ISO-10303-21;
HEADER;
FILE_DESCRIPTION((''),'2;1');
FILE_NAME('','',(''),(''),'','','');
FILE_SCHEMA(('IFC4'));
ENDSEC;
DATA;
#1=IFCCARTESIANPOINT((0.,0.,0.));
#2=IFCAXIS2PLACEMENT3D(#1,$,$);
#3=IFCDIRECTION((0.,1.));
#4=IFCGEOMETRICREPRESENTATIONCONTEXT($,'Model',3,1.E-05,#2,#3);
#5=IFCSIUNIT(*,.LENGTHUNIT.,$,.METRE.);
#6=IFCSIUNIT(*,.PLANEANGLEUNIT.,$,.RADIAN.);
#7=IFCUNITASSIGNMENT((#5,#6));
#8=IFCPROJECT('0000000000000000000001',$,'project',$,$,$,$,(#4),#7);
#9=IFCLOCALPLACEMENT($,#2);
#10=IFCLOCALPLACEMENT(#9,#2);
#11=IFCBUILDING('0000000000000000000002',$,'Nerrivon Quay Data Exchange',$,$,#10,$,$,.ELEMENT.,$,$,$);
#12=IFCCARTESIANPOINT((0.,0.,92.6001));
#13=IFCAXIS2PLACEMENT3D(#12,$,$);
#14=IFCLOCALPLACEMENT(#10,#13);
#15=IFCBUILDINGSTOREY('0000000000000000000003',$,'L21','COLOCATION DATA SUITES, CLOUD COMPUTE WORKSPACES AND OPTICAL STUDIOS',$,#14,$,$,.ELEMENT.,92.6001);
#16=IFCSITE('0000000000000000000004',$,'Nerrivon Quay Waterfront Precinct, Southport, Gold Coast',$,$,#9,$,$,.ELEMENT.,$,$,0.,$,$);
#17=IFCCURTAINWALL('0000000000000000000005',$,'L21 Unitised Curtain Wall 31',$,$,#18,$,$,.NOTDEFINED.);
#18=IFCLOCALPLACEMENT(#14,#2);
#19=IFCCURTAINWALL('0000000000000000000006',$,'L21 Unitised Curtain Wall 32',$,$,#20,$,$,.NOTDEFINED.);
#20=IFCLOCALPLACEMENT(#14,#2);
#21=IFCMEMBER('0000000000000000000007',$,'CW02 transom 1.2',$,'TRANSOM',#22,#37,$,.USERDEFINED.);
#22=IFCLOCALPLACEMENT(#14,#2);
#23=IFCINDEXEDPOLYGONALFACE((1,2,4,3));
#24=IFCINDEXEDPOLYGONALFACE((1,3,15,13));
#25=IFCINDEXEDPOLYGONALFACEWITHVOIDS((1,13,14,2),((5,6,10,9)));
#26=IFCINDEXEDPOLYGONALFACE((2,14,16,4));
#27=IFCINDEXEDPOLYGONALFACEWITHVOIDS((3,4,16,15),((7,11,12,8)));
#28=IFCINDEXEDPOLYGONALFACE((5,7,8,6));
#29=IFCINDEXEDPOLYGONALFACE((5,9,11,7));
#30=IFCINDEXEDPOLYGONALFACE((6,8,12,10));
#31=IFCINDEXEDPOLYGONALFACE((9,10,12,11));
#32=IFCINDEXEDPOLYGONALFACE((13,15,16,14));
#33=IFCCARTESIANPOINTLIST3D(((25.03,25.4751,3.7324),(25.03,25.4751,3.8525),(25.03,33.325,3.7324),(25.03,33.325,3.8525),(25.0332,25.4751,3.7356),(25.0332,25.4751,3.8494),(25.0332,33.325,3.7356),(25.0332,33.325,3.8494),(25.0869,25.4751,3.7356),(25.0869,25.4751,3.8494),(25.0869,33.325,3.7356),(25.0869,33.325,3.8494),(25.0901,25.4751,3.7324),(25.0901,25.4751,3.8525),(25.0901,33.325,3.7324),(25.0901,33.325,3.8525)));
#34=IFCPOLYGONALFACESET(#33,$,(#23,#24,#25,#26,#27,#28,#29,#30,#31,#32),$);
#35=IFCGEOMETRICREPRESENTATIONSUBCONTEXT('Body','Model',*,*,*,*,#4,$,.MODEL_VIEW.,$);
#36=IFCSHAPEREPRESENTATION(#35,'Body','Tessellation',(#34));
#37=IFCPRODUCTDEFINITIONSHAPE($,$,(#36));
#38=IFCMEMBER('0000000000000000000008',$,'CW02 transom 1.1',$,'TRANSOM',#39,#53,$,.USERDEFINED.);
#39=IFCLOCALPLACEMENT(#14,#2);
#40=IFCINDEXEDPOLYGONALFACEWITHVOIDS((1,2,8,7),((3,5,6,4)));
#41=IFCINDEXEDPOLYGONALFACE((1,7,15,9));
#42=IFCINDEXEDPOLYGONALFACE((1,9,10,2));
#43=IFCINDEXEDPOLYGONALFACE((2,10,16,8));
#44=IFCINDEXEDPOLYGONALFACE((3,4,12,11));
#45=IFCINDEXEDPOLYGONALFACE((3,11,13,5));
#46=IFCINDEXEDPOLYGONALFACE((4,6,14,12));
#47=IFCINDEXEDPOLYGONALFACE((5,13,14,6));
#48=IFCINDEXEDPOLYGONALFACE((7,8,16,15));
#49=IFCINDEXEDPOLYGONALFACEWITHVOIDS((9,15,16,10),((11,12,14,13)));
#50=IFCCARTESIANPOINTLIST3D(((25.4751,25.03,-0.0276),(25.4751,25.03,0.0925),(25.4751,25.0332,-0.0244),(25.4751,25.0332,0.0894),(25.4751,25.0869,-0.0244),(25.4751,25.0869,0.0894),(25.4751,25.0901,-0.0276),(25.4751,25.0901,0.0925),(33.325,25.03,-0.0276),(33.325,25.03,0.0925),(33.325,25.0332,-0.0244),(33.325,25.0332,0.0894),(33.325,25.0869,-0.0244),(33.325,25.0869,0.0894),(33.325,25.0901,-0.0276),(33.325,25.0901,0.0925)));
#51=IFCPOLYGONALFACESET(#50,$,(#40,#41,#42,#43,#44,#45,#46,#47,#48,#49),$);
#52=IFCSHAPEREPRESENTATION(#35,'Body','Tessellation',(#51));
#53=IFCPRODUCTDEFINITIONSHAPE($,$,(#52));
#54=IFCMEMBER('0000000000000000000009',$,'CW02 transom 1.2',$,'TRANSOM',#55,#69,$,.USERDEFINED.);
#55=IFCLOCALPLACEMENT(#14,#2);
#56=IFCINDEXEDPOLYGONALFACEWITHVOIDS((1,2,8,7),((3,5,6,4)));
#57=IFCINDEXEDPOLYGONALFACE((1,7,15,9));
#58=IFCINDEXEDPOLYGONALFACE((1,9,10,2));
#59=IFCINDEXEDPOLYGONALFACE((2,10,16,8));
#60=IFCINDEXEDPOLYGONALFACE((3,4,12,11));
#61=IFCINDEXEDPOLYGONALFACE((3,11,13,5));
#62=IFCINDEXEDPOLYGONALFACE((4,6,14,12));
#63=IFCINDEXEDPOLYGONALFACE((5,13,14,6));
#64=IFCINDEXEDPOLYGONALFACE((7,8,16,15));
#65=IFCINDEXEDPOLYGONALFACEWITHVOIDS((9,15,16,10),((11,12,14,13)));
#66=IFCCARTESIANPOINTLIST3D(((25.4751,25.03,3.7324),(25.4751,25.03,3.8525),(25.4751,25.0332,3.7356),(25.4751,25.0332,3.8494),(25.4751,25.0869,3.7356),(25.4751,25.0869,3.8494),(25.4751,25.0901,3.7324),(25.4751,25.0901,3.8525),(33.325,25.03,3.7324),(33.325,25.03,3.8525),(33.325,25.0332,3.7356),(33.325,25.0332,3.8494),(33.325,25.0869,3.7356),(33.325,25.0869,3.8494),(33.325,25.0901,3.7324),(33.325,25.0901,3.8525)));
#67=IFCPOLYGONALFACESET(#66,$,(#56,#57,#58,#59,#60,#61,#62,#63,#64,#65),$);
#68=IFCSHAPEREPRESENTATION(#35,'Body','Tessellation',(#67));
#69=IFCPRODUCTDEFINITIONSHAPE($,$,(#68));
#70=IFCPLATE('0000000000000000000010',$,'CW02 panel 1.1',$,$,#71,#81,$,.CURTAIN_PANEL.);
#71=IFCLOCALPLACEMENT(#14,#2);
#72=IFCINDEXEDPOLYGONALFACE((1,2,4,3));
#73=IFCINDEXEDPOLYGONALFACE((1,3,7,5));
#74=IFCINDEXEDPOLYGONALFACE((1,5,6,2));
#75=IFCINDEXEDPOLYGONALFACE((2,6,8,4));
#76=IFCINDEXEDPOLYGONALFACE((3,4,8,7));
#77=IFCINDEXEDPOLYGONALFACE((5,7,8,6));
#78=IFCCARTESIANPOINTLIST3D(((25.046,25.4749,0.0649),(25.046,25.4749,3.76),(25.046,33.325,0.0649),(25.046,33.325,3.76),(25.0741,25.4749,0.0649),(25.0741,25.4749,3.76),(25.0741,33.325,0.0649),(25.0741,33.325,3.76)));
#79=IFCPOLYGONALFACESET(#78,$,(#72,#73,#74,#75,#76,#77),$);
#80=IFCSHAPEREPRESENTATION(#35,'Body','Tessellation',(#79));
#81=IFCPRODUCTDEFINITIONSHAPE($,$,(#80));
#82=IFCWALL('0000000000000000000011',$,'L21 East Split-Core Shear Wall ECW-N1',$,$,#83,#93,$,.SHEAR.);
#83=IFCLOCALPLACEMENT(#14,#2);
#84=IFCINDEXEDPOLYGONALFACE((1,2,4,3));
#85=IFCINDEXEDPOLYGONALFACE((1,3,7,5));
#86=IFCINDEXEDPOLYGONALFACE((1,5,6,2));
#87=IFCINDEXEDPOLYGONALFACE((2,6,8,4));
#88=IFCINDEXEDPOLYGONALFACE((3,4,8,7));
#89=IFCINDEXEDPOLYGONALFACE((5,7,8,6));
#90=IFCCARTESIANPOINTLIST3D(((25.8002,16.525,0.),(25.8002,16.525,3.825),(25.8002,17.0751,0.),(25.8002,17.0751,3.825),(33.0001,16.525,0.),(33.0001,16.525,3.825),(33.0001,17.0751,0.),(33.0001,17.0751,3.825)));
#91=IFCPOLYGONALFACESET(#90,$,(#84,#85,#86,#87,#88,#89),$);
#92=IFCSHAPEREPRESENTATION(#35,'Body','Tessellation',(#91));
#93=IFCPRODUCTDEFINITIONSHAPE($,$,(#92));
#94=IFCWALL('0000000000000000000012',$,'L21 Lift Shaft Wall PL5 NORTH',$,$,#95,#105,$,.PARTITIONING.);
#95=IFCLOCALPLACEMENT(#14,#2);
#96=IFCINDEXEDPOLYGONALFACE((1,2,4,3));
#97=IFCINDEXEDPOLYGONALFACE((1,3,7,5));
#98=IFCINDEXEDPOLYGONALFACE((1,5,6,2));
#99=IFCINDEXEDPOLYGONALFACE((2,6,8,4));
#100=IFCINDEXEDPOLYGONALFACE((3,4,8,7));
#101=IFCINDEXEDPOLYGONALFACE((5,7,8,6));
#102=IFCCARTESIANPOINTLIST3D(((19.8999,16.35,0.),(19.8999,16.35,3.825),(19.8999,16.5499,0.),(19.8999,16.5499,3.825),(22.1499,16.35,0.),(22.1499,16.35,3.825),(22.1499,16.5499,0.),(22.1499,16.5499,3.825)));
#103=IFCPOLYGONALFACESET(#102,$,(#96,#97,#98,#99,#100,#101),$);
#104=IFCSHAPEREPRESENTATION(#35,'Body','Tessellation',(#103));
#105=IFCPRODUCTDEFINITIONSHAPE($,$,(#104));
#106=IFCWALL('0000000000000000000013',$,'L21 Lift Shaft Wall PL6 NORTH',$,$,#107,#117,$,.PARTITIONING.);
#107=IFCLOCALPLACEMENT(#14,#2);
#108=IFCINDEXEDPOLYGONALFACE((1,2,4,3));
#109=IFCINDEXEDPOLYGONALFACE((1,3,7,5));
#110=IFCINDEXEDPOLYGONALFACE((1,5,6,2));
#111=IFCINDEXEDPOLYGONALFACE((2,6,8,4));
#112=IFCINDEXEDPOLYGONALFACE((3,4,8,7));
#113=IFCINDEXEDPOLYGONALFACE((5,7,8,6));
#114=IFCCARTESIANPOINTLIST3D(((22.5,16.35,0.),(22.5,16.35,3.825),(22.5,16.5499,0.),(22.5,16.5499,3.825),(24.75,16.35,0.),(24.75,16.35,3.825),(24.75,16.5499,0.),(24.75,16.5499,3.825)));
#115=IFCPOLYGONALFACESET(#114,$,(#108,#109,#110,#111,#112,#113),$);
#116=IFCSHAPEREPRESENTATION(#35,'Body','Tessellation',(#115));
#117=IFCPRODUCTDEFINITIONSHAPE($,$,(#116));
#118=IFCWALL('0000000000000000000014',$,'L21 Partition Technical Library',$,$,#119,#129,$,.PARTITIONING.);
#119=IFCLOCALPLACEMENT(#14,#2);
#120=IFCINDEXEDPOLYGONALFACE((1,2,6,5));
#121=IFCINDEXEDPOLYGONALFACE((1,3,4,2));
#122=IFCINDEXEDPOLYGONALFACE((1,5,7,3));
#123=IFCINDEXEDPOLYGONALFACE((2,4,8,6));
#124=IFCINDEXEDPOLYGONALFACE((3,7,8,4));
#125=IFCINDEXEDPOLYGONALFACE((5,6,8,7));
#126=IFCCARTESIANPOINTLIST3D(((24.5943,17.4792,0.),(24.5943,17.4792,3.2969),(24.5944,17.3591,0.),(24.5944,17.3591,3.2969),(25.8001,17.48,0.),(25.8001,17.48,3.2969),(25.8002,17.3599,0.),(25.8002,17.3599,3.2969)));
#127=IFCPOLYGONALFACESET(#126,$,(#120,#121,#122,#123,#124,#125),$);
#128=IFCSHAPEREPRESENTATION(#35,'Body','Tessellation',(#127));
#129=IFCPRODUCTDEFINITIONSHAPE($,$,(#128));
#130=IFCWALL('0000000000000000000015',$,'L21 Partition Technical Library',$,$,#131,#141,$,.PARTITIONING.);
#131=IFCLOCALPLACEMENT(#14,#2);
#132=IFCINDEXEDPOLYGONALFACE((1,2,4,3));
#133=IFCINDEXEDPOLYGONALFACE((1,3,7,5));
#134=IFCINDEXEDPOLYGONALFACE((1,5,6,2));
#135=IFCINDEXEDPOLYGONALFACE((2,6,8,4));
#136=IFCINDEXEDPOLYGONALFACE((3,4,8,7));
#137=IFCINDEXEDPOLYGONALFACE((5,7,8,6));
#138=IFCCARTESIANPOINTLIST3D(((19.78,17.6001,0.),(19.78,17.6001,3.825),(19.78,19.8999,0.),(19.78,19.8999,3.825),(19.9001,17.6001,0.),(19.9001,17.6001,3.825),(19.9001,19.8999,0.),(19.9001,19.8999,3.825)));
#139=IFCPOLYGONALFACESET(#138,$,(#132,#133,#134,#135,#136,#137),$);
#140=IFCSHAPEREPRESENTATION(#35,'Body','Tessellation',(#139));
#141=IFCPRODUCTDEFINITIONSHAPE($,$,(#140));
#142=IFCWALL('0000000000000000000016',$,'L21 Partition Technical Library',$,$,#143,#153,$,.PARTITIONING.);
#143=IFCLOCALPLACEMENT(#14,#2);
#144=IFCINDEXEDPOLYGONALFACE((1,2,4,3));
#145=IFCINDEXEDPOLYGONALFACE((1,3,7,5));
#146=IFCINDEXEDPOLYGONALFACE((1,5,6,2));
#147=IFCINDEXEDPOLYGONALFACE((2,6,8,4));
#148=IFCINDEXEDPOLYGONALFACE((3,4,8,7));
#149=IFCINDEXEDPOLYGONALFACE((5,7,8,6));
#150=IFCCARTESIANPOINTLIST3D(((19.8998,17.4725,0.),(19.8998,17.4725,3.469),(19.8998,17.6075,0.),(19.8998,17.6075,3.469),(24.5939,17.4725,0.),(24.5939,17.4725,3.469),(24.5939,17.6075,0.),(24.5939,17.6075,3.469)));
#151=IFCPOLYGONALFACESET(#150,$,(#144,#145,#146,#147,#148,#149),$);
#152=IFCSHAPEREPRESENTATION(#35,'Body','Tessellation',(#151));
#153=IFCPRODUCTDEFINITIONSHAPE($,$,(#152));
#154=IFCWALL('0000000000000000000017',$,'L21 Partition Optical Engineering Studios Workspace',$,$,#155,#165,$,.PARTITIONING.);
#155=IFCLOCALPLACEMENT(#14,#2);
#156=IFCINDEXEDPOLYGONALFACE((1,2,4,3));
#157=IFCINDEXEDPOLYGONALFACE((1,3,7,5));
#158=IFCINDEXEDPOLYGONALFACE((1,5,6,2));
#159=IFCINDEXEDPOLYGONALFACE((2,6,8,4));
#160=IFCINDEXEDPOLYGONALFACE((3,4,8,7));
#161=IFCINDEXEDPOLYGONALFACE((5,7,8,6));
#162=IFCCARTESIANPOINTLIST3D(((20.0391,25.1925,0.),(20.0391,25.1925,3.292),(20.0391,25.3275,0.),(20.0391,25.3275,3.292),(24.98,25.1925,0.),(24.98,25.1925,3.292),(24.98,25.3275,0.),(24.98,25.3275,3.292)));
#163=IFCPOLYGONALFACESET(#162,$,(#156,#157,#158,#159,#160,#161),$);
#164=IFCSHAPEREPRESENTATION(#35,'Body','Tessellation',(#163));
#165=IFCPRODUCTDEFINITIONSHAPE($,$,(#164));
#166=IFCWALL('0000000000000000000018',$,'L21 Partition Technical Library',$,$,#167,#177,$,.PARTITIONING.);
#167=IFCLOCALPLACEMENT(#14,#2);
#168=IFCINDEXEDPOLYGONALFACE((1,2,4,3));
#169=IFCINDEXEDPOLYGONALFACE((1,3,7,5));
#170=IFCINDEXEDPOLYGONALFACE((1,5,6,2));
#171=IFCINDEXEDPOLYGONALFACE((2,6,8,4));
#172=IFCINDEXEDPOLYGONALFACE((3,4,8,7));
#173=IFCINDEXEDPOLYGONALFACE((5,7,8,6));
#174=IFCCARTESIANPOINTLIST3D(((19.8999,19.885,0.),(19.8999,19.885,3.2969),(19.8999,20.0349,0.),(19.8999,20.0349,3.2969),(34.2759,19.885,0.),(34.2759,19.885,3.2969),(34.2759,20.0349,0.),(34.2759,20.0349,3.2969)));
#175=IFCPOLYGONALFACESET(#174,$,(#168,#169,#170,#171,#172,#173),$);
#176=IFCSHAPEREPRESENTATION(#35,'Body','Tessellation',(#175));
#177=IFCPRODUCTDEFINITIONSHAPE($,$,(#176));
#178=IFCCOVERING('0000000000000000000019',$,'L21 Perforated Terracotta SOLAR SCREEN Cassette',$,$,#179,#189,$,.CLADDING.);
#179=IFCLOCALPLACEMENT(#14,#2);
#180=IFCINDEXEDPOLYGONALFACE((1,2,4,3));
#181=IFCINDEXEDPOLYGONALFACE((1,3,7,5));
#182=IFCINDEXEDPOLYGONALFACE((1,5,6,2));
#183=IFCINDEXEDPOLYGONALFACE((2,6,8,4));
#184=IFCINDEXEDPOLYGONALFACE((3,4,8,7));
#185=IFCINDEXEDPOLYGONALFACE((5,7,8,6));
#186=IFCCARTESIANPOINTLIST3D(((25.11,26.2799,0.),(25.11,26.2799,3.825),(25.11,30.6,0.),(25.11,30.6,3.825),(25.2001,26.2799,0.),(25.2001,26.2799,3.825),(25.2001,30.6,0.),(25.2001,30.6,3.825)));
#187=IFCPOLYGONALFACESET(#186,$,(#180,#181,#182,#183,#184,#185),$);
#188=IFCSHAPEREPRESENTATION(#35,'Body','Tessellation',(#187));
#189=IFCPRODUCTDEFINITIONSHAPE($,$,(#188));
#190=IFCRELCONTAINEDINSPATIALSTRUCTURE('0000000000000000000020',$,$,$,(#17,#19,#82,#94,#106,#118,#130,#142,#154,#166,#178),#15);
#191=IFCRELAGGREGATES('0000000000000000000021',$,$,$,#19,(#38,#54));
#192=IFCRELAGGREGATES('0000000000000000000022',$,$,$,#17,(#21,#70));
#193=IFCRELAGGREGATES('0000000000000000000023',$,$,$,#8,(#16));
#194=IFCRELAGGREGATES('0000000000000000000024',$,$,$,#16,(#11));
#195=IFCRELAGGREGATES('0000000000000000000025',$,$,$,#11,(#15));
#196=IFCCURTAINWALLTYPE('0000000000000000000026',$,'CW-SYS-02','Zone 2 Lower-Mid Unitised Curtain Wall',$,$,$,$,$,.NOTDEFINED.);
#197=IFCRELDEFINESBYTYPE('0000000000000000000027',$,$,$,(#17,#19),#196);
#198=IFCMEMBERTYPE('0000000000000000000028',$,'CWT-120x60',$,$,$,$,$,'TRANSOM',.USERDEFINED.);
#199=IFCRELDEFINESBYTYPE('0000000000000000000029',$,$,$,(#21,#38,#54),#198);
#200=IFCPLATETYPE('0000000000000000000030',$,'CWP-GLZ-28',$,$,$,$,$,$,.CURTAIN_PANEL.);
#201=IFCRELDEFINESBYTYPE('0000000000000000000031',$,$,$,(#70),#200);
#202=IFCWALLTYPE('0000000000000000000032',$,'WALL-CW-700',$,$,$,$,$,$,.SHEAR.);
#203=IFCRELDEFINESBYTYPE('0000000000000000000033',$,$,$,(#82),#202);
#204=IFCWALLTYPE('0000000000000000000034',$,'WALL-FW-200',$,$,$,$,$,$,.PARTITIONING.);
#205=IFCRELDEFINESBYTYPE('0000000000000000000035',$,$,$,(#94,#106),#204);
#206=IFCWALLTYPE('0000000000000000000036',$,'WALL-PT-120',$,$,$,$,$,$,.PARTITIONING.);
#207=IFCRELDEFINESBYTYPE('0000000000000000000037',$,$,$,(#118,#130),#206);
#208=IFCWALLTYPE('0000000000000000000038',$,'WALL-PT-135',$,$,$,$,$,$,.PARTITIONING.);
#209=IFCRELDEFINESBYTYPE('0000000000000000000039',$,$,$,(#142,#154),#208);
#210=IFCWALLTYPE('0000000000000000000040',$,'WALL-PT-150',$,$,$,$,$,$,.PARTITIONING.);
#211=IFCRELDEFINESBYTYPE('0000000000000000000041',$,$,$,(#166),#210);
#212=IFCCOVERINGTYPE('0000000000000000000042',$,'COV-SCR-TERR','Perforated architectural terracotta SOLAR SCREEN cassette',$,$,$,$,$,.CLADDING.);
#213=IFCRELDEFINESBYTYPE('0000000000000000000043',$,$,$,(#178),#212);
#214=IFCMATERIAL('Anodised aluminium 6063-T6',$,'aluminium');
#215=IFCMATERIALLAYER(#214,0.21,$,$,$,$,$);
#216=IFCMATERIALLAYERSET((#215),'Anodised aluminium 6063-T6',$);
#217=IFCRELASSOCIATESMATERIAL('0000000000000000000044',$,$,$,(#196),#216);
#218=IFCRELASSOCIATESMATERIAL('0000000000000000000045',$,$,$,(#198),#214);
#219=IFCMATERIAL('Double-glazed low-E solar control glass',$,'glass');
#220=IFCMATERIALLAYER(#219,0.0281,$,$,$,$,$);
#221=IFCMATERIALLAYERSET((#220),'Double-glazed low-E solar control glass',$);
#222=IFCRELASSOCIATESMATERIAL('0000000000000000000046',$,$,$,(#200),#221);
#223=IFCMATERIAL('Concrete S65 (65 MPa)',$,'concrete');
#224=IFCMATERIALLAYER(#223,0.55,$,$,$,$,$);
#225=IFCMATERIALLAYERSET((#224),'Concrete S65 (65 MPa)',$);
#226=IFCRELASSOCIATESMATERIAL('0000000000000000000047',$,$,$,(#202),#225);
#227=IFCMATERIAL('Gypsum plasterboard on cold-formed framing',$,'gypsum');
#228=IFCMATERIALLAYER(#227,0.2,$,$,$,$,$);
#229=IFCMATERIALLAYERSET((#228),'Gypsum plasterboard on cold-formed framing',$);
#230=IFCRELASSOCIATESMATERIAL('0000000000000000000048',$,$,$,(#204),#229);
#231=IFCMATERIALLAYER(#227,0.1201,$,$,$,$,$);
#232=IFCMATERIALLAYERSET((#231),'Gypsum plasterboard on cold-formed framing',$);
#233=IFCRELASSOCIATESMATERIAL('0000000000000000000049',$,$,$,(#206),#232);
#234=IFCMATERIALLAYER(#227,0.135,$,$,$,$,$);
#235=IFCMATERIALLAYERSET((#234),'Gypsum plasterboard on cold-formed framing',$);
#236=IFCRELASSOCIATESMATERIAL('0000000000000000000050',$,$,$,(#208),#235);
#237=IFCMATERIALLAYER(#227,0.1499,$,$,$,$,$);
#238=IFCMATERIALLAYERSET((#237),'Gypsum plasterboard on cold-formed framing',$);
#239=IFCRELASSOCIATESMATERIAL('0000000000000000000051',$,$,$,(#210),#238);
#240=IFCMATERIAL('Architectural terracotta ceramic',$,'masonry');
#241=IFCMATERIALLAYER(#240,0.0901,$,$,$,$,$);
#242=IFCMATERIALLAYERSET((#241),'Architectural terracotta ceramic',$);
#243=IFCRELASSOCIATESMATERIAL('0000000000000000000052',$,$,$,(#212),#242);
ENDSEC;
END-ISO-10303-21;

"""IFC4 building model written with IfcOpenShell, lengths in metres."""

from ifc_helpers import new_model, si_unit, direction, frame, frame_2d, origin, origin_2d, place, context, subcontext, project, spatial, rectangle, hollow_rectangle, extrude, material, layer, layer_set, material_profile, profile_set, type_object, element, aggregate, save


model = new_model("IFC4")

# Units and contexts
model_context = context("Model", 3, precision=1e-05, world=origin(), true_north=direction((0.0, 1.0)))
body_context = subcontext(model_context, "Body", "Model", "MODEL_VIEW")
ifc_project = project(units=[si_unit("LENGTHUNIT", "METRE"), si_unit("PLANEANGLEUNIT", "RADIAN")], contexts=[model_context])

# Site, building, storey
site_placement = place(None, origin())
site = spatial("IfcSite", under=ifc_project, at=site_placement, Name="Nerrivon Quay Waterfront Precinct, Southport, Gold Coast", CompositionType="ELEMENT", RefElevation=0.0)
building_placement = place(site_placement, origin())
building = spatial("IfcBuilding", under=site, at=building_placement, Name="Nerrivon Quay Data Exchange", CompositionType="ELEMENT")
storey_placement = place(building_placement, frame((0.0, 0.0, 92.6001)))
storey = spatial("IfcBuildingStorey", under=building, at=storey_placement, Name="L21", Description="COLOCATION DATA SUITES, CLOUD COMPUTE WORKSPACES AND OPTICAL STUDIOS", CompositionType="ELEMENT", Elevation=92.6001)

# Shared definitions
ifc_material_1 = material(Name="Concrete S65 (65 MPa)", Category="concrete")

# Shared definitions
ifc_material_2 = material(Name="Anodised aluminium 6063-T6", Category="aluminium")
ifc_layer_1 = layer(ifc_material_2, 0.21)
ifc_layer_set_1 = layer_set([ifc_layer_1], Name="Anodised aluminium 6063-T6")
curtain_wall_type = type_object("IfcCurtainWallType", Name="CW-SYS-02", Description="Zone 2 Lower-Mid Unitised Curtain Wall", PredefinedType="NOTDEFINED", material=ifc_layer_set_1)

# Curtain wall
curtain_wall_1_placement = place(storey_placement, origin())
curtain_wall_1 = element("IfcCurtainWall", 1, at=curtain_wall_1_placement, inside=storey, type_object=curtain_wall_type, Name="L21 Unitised Curtain Wall 31", PredefinedType="NOTDEFINED")

# Curtain wall
curtain_wall_2_placement = place(storey_placement, origin())
curtain_wall_2 = element("IfcCurtainWall", 2, at=curtain_wall_2_placement, inside=storey, type_object=curtain_wall_type, Name="L21 Unitised Curtain Wall 32", PredefinedType="NOTDEFINED")

# Members
ifc_material_profile_1 = material_profile(ifc_material_2, hollow_rectangle(XDim=0.0601, YDim=0.1201, WallThickness=0.0032, at=origin_2d()), Name="ALU-TRAN-120x60")
ifc_profile_set_1 = profile_set([ifc_material_profile_1], Name="Anodised aluminium 6063-T6")
member_type_1 = type_object("IfcMemberType", Name="CWT-120x60", ElementType="TRANSOM", PredefinedType="USERDEFINED", material=ifc_profile_set_1)
member_1_placement = place(storey_placement, frame((25.0601, 33.325, 3.7925), z_axis=(0.0, -1.0, 0.0), x_axis=(1.0, 0.0, 0.0)))
member_1 = element("IfcMember", 3, at=member_1_placement, type_object=member_type_1, Name="CW02 transom 1.2", ObjectType="TRANSOM", PredefinedType="USERDEFINED", context=body_context, shape_type="SweptSolid", body=[
    extrude(hollow_rectangle(XDim=0.0601, YDim=0.1201, WallThickness=0.0032, at=origin_2d()), origin(), (0.0, 0.0, 1.0), 7.8499),
])
member_2_placement = place(storey_placement, frame((25.4751, 25.0601, 0.0325), z_axis=(1.0, 0.0, 0.0), x_axis=(0.0, 1.0, 0.0)))
member_2 = element("IfcMember", 4, at=member_2_placement, type_object=member_type_1, Name="CW02 transom 1.1", ObjectType="TRANSOM", PredefinedType="USERDEFINED", context=body_context, shape_type="SweptSolid", body=[
    extrude(hollow_rectangle(XDim=0.0601, YDim=0.1201, WallThickness=0.0032, at=origin_2d()), origin(), (0.0, 0.0, 1.0), 7.8499),
])
member_3_placement = place(storey_placement, frame((25.4751, 25.0601, 3.7925), z_axis=(1.0, 0.0, 0.0), x_axis=(0.0, 1.0, 0.0)))
member_3 = element("IfcMember", 5, at=member_3_placement, type_object=member_type_1, Name="CW02 transom 1.2", ObjectType="TRANSOM", PredefinedType="USERDEFINED", context=body_context, shape_type="SweptSolid", body=[
    extrude(hollow_rectangle(XDim=0.0601, YDim=0.1201, WallThickness=0.0032, at=origin_2d()), origin(), (0.0, 0.0, 1.0), 7.8499),
])
aggregate(curtain_wall_2, [member_2, member_3])

# Plate
ifc_material_3 = material(Name="Double-glazed low-E solar control glass", Category="glass")
ifc_layer_2 = layer(ifc_material_3, 0.0281)
ifc_layer_set_2 = layer_set([ifc_layer_2], Name="Double-glazed low-E solar control glass")
plate_type = type_object("IfcPlateType", Name="CWP-GLZ-28", PredefinedType="CURTAIN_PANEL", material=ifc_layer_set_2)
plate_placement = place(storey_placement, frame((25.0601, 29.3999, 0.0649), z_axis=(0.0, 0.0, 1.0), x_axis=(0.0, -1.0, 0.0)))
plate = element("IfcPlate", 6, at=plate_placement, type_object=plate_type, Name="CW02 panel 1.1", PredefinedType="CURTAIN_PANEL", context=body_context, shape_type="SweptSolid", body=[
    extrude(rectangle(XDim=7.8501, YDim=0.0281, at=origin_2d()), origin(), (0.0, 0.0, 1.0), 3.6951),
])
aggregate(curtain_wall_1, [member_1, plate])

# Walls
ifc_layer_3 = layer(ifc_material_1, 0.55)
ifc_layer_set_3 = layer_set([ifc_layer_3], Name="Concrete S65 (65 MPa)")
wall_type_1 = type_object("IfcWallType", Name="WALL-CW-700", PredefinedType="SHEAR", material=ifc_layer_set_3)
wall_1_placement = place(storey_placement, frame((25.8, 16.8, 0.0), z_axis=(0.0, 0.0, 1.0), x_axis=(1.0, 0.0, 0.0)))
element("IfcWall", 7, at=wall_1_placement, inside=storey, type_object=wall_type_1, Name="L21 East Split-Core Shear Wall ECW-N1", PredefinedType="SHEAR", context=body_context, shape_type="SweptSolid", body=[
    extrude(rectangle(XDim=7.2, YDim=0.55, at=frame_2d((3.6001, 0.0))), origin(), (0.0, 0.0, 1.0), 3.825),
])
ifc_material_4 = material(Name="Gypsum plasterboard on cold-formed framing", Category="gypsum")
ifc_layer_4 = layer(ifc_material_4, 0.2)
ifc_layer_set_4 = layer_set([ifc_layer_4], Name="Gypsum plasterboard on cold-formed framing")
wall_type_2 = type_object("IfcWallType", Name="WALL-FW-200", PredefinedType="PARTITIONING", material=ifc_layer_set_4)
for number, where, z_axis, x_axis, name in (
    (8, (19.8999, 16.45, 0.0), (0.0, 0.0, 1.0), (1.0, 0.0, 0.0), "L21 Lift Shaft Wall PL5 NORTH"),
    (9, (22.5, 16.45, 0.0), (0.0, 0.0, 1.0), (1.0, 0.0, 0.0), "L21 Lift Shaft Wall PL6 NORTH"),
):
    element("IfcWall", number, at=place(storey_placement, frame(where, z_axis=z_axis, x_axis=x_axis)), inside=storey, type_object=wall_type_2, Name=name, PredefinedType="PARTITIONING", context=body_context, shape_type="SweptSolid", body=[
        extrude(rectangle(XDim=2.25, YDim=0.2, at=frame_2d((1.125, 0.0))), origin(), (0.0, 0.0, 1.0), 3.825),
    ])
ifc_layer_5 = layer(ifc_material_4, 0.1201)
ifc_layer_set_5 = layer_set([ifc_layer_5], Name="Gypsum plasterboard on cold-formed framing")
wall_type_3 = type_object("IfcWallType", Name="WALL-PT-120", PredefinedType="PARTITIONING", material=ifc_layer_set_5)
wall_2_placement = place(storey_placement, frame((24.5942, 17.4192, 0.0), z_axis=(0.0, 0.0, 1.0), x_axis=(1.0, 0.000607, 0.0)))
element("IfcWall", 10, at=wall_2_placement, inside=storey, type_object=wall_type_3, Name="L21 Partition Technical Library", PredefinedType="PARTITIONING", context=body_context, shape_type="SweptSolid", body=[
    extrude(rectangle(XDim=1.2058, YDim=0.1201, at=frame_2d((0.603, 0.0))), origin(), (0.0, 0.0, 1.0), 3.2969),
])
wall_3_placement = place(storey_placement, frame((19.8401, 17.6001, 0.0), z_axis=(0.0, 0.0, 1.0), x_axis=(0.0, 1.0, 0.0)))
element("IfcWall", 11, at=wall_3_placement, inside=storey, type_object=wall_type_3, Name="L21 Partition Technical Library", PredefinedType="PARTITIONING", context=body_context, shape_type="SweptSolid", body=[
    extrude(rectangle(XDim=2.2998, YDim=0.1201, at=frame_2d((1.1499, 0.0))), origin(), (0.0, 0.0, 1.0), 3.825),
])
ifc_layer_6 = layer(ifc_material_4, 0.135)
ifc_layer_set_6 = layer_set([ifc_layer_6], Name="Gypsum plasterboard on cold-formed framing")
wall_type_4 = type_object("IfcWallType", Name="WALL-PT-135", PredefinedType="PARTITIONING", material=ifc_layer_set_6)
wall_4_placement = place(storey_placement, frame((24.594, 17.54, 0.0), z_axis=(0.0, 0.0, 1.0), x_axis=(-1.0, 0.0, 0.0)))
element("IfcWall", 12, at=wall_4_placement, inside=storey, type_object=wall_type_4, Name="L21 Partition Technical Library", PredefinedType="PARTITIONING", context=body_context, shape_type="SweptSolid", body=[
    extrude(rectangle(XDim=4.6941, YDim=0.135, at=frame_2d((2.3472, 0.0))), origin(), (0.0, 0.0, 1.0), 3.469),
])
wall_5_placement = place(storey_placement, frame((20.0391, 25.26, 0.0), z_axis=(0.0, 0.0, 1.0), x_axis=(1.0, 0.0, 0.0)))
element("IfcWall", 13, at=wall_5_placement, inside=storey, type_object=wall_type_4, Name="L21 Partition Optical Engineering Studios Workspace", PredefinedType="PARTITIONING", context=body_context, shape_type="SweptSolid", body=[
    extrude(rectangle(XDim=4.9409, YDim=0.135, at=frame_2d((2.4705, 0.0))), origin(), (0.0, 0.0, 1.0), 3.292),
])
ifc_layer_7 = layer(ifc_material_4, 0.1499)
ifc_layer_set_7 = layer_set([ifc_layer_7], Name="Gypsum plasterboard on cold-formed framing")
wall_type_5 = type_object("IfcWallType", Name="WALL-PT-150", PredefinedType="PARTITIONING", material=ifc_layer_set_7)
wall_6_placement = place(storey_placement, frame((19.8999, 19.96, 0.0), z_axis=(0.0, 0.0, 1.0), x_axis=(1.0, 0.0, 0.0)))
element("IfcWall", 14, at=wall_6_placement, inside=storey, type_object=wall_type_5, Name="L21 Partition Technical Library", PredefinedType="PARTITIONING", context=body_context, shape_type="SweptSolid", body=[
    extrude(rectangle(XDim=14.376, YDim=0.1499, at=frame_2d((7.188, 0.0))), origin(), (0.0, 0.0, 1.0), 3.2969),
])

# Covering
ifc_material_5 = material(Name="Architectural terracotta ceramic", Category="masonry")
ifc_layer_8 = layer(ifc_material_5, 0.0901)
ifc_layer_set_8 = layer_set([ifc_layer_8], Name="Architectural terracotta ceramic")
covering_type = type_object("IfcCoveringType", Name="COV-SCR-TERR", Description="Perforated architectural terracotta SOLAR SCREEN cassette", PredefinedType="CLADDING", material=ifc_layer_set_8)
covering_placement = place(storey_placement, frame((25.155, 28.4399, 0.0), z_axis=(0.0, 0.0, 1.0), x_axis=(0.0, -1.0, 0.0)))
element("IfcCovering", 15, at=covering_placement, inside=storey, type_object=covering_type, Name="L21 Perforated Terracotta SOLAR SCREEN Cassette", PredefinedType="CLADDING", context=body_context, shape_type="SweptSolid", body=[
    extrude(rectangle(XDim=4.3201, YDim=0.0901, at=origin_2d()), origin(), (0.0, 0.0, 1.0), 3.825),
])

save(model, "model.ifc")
